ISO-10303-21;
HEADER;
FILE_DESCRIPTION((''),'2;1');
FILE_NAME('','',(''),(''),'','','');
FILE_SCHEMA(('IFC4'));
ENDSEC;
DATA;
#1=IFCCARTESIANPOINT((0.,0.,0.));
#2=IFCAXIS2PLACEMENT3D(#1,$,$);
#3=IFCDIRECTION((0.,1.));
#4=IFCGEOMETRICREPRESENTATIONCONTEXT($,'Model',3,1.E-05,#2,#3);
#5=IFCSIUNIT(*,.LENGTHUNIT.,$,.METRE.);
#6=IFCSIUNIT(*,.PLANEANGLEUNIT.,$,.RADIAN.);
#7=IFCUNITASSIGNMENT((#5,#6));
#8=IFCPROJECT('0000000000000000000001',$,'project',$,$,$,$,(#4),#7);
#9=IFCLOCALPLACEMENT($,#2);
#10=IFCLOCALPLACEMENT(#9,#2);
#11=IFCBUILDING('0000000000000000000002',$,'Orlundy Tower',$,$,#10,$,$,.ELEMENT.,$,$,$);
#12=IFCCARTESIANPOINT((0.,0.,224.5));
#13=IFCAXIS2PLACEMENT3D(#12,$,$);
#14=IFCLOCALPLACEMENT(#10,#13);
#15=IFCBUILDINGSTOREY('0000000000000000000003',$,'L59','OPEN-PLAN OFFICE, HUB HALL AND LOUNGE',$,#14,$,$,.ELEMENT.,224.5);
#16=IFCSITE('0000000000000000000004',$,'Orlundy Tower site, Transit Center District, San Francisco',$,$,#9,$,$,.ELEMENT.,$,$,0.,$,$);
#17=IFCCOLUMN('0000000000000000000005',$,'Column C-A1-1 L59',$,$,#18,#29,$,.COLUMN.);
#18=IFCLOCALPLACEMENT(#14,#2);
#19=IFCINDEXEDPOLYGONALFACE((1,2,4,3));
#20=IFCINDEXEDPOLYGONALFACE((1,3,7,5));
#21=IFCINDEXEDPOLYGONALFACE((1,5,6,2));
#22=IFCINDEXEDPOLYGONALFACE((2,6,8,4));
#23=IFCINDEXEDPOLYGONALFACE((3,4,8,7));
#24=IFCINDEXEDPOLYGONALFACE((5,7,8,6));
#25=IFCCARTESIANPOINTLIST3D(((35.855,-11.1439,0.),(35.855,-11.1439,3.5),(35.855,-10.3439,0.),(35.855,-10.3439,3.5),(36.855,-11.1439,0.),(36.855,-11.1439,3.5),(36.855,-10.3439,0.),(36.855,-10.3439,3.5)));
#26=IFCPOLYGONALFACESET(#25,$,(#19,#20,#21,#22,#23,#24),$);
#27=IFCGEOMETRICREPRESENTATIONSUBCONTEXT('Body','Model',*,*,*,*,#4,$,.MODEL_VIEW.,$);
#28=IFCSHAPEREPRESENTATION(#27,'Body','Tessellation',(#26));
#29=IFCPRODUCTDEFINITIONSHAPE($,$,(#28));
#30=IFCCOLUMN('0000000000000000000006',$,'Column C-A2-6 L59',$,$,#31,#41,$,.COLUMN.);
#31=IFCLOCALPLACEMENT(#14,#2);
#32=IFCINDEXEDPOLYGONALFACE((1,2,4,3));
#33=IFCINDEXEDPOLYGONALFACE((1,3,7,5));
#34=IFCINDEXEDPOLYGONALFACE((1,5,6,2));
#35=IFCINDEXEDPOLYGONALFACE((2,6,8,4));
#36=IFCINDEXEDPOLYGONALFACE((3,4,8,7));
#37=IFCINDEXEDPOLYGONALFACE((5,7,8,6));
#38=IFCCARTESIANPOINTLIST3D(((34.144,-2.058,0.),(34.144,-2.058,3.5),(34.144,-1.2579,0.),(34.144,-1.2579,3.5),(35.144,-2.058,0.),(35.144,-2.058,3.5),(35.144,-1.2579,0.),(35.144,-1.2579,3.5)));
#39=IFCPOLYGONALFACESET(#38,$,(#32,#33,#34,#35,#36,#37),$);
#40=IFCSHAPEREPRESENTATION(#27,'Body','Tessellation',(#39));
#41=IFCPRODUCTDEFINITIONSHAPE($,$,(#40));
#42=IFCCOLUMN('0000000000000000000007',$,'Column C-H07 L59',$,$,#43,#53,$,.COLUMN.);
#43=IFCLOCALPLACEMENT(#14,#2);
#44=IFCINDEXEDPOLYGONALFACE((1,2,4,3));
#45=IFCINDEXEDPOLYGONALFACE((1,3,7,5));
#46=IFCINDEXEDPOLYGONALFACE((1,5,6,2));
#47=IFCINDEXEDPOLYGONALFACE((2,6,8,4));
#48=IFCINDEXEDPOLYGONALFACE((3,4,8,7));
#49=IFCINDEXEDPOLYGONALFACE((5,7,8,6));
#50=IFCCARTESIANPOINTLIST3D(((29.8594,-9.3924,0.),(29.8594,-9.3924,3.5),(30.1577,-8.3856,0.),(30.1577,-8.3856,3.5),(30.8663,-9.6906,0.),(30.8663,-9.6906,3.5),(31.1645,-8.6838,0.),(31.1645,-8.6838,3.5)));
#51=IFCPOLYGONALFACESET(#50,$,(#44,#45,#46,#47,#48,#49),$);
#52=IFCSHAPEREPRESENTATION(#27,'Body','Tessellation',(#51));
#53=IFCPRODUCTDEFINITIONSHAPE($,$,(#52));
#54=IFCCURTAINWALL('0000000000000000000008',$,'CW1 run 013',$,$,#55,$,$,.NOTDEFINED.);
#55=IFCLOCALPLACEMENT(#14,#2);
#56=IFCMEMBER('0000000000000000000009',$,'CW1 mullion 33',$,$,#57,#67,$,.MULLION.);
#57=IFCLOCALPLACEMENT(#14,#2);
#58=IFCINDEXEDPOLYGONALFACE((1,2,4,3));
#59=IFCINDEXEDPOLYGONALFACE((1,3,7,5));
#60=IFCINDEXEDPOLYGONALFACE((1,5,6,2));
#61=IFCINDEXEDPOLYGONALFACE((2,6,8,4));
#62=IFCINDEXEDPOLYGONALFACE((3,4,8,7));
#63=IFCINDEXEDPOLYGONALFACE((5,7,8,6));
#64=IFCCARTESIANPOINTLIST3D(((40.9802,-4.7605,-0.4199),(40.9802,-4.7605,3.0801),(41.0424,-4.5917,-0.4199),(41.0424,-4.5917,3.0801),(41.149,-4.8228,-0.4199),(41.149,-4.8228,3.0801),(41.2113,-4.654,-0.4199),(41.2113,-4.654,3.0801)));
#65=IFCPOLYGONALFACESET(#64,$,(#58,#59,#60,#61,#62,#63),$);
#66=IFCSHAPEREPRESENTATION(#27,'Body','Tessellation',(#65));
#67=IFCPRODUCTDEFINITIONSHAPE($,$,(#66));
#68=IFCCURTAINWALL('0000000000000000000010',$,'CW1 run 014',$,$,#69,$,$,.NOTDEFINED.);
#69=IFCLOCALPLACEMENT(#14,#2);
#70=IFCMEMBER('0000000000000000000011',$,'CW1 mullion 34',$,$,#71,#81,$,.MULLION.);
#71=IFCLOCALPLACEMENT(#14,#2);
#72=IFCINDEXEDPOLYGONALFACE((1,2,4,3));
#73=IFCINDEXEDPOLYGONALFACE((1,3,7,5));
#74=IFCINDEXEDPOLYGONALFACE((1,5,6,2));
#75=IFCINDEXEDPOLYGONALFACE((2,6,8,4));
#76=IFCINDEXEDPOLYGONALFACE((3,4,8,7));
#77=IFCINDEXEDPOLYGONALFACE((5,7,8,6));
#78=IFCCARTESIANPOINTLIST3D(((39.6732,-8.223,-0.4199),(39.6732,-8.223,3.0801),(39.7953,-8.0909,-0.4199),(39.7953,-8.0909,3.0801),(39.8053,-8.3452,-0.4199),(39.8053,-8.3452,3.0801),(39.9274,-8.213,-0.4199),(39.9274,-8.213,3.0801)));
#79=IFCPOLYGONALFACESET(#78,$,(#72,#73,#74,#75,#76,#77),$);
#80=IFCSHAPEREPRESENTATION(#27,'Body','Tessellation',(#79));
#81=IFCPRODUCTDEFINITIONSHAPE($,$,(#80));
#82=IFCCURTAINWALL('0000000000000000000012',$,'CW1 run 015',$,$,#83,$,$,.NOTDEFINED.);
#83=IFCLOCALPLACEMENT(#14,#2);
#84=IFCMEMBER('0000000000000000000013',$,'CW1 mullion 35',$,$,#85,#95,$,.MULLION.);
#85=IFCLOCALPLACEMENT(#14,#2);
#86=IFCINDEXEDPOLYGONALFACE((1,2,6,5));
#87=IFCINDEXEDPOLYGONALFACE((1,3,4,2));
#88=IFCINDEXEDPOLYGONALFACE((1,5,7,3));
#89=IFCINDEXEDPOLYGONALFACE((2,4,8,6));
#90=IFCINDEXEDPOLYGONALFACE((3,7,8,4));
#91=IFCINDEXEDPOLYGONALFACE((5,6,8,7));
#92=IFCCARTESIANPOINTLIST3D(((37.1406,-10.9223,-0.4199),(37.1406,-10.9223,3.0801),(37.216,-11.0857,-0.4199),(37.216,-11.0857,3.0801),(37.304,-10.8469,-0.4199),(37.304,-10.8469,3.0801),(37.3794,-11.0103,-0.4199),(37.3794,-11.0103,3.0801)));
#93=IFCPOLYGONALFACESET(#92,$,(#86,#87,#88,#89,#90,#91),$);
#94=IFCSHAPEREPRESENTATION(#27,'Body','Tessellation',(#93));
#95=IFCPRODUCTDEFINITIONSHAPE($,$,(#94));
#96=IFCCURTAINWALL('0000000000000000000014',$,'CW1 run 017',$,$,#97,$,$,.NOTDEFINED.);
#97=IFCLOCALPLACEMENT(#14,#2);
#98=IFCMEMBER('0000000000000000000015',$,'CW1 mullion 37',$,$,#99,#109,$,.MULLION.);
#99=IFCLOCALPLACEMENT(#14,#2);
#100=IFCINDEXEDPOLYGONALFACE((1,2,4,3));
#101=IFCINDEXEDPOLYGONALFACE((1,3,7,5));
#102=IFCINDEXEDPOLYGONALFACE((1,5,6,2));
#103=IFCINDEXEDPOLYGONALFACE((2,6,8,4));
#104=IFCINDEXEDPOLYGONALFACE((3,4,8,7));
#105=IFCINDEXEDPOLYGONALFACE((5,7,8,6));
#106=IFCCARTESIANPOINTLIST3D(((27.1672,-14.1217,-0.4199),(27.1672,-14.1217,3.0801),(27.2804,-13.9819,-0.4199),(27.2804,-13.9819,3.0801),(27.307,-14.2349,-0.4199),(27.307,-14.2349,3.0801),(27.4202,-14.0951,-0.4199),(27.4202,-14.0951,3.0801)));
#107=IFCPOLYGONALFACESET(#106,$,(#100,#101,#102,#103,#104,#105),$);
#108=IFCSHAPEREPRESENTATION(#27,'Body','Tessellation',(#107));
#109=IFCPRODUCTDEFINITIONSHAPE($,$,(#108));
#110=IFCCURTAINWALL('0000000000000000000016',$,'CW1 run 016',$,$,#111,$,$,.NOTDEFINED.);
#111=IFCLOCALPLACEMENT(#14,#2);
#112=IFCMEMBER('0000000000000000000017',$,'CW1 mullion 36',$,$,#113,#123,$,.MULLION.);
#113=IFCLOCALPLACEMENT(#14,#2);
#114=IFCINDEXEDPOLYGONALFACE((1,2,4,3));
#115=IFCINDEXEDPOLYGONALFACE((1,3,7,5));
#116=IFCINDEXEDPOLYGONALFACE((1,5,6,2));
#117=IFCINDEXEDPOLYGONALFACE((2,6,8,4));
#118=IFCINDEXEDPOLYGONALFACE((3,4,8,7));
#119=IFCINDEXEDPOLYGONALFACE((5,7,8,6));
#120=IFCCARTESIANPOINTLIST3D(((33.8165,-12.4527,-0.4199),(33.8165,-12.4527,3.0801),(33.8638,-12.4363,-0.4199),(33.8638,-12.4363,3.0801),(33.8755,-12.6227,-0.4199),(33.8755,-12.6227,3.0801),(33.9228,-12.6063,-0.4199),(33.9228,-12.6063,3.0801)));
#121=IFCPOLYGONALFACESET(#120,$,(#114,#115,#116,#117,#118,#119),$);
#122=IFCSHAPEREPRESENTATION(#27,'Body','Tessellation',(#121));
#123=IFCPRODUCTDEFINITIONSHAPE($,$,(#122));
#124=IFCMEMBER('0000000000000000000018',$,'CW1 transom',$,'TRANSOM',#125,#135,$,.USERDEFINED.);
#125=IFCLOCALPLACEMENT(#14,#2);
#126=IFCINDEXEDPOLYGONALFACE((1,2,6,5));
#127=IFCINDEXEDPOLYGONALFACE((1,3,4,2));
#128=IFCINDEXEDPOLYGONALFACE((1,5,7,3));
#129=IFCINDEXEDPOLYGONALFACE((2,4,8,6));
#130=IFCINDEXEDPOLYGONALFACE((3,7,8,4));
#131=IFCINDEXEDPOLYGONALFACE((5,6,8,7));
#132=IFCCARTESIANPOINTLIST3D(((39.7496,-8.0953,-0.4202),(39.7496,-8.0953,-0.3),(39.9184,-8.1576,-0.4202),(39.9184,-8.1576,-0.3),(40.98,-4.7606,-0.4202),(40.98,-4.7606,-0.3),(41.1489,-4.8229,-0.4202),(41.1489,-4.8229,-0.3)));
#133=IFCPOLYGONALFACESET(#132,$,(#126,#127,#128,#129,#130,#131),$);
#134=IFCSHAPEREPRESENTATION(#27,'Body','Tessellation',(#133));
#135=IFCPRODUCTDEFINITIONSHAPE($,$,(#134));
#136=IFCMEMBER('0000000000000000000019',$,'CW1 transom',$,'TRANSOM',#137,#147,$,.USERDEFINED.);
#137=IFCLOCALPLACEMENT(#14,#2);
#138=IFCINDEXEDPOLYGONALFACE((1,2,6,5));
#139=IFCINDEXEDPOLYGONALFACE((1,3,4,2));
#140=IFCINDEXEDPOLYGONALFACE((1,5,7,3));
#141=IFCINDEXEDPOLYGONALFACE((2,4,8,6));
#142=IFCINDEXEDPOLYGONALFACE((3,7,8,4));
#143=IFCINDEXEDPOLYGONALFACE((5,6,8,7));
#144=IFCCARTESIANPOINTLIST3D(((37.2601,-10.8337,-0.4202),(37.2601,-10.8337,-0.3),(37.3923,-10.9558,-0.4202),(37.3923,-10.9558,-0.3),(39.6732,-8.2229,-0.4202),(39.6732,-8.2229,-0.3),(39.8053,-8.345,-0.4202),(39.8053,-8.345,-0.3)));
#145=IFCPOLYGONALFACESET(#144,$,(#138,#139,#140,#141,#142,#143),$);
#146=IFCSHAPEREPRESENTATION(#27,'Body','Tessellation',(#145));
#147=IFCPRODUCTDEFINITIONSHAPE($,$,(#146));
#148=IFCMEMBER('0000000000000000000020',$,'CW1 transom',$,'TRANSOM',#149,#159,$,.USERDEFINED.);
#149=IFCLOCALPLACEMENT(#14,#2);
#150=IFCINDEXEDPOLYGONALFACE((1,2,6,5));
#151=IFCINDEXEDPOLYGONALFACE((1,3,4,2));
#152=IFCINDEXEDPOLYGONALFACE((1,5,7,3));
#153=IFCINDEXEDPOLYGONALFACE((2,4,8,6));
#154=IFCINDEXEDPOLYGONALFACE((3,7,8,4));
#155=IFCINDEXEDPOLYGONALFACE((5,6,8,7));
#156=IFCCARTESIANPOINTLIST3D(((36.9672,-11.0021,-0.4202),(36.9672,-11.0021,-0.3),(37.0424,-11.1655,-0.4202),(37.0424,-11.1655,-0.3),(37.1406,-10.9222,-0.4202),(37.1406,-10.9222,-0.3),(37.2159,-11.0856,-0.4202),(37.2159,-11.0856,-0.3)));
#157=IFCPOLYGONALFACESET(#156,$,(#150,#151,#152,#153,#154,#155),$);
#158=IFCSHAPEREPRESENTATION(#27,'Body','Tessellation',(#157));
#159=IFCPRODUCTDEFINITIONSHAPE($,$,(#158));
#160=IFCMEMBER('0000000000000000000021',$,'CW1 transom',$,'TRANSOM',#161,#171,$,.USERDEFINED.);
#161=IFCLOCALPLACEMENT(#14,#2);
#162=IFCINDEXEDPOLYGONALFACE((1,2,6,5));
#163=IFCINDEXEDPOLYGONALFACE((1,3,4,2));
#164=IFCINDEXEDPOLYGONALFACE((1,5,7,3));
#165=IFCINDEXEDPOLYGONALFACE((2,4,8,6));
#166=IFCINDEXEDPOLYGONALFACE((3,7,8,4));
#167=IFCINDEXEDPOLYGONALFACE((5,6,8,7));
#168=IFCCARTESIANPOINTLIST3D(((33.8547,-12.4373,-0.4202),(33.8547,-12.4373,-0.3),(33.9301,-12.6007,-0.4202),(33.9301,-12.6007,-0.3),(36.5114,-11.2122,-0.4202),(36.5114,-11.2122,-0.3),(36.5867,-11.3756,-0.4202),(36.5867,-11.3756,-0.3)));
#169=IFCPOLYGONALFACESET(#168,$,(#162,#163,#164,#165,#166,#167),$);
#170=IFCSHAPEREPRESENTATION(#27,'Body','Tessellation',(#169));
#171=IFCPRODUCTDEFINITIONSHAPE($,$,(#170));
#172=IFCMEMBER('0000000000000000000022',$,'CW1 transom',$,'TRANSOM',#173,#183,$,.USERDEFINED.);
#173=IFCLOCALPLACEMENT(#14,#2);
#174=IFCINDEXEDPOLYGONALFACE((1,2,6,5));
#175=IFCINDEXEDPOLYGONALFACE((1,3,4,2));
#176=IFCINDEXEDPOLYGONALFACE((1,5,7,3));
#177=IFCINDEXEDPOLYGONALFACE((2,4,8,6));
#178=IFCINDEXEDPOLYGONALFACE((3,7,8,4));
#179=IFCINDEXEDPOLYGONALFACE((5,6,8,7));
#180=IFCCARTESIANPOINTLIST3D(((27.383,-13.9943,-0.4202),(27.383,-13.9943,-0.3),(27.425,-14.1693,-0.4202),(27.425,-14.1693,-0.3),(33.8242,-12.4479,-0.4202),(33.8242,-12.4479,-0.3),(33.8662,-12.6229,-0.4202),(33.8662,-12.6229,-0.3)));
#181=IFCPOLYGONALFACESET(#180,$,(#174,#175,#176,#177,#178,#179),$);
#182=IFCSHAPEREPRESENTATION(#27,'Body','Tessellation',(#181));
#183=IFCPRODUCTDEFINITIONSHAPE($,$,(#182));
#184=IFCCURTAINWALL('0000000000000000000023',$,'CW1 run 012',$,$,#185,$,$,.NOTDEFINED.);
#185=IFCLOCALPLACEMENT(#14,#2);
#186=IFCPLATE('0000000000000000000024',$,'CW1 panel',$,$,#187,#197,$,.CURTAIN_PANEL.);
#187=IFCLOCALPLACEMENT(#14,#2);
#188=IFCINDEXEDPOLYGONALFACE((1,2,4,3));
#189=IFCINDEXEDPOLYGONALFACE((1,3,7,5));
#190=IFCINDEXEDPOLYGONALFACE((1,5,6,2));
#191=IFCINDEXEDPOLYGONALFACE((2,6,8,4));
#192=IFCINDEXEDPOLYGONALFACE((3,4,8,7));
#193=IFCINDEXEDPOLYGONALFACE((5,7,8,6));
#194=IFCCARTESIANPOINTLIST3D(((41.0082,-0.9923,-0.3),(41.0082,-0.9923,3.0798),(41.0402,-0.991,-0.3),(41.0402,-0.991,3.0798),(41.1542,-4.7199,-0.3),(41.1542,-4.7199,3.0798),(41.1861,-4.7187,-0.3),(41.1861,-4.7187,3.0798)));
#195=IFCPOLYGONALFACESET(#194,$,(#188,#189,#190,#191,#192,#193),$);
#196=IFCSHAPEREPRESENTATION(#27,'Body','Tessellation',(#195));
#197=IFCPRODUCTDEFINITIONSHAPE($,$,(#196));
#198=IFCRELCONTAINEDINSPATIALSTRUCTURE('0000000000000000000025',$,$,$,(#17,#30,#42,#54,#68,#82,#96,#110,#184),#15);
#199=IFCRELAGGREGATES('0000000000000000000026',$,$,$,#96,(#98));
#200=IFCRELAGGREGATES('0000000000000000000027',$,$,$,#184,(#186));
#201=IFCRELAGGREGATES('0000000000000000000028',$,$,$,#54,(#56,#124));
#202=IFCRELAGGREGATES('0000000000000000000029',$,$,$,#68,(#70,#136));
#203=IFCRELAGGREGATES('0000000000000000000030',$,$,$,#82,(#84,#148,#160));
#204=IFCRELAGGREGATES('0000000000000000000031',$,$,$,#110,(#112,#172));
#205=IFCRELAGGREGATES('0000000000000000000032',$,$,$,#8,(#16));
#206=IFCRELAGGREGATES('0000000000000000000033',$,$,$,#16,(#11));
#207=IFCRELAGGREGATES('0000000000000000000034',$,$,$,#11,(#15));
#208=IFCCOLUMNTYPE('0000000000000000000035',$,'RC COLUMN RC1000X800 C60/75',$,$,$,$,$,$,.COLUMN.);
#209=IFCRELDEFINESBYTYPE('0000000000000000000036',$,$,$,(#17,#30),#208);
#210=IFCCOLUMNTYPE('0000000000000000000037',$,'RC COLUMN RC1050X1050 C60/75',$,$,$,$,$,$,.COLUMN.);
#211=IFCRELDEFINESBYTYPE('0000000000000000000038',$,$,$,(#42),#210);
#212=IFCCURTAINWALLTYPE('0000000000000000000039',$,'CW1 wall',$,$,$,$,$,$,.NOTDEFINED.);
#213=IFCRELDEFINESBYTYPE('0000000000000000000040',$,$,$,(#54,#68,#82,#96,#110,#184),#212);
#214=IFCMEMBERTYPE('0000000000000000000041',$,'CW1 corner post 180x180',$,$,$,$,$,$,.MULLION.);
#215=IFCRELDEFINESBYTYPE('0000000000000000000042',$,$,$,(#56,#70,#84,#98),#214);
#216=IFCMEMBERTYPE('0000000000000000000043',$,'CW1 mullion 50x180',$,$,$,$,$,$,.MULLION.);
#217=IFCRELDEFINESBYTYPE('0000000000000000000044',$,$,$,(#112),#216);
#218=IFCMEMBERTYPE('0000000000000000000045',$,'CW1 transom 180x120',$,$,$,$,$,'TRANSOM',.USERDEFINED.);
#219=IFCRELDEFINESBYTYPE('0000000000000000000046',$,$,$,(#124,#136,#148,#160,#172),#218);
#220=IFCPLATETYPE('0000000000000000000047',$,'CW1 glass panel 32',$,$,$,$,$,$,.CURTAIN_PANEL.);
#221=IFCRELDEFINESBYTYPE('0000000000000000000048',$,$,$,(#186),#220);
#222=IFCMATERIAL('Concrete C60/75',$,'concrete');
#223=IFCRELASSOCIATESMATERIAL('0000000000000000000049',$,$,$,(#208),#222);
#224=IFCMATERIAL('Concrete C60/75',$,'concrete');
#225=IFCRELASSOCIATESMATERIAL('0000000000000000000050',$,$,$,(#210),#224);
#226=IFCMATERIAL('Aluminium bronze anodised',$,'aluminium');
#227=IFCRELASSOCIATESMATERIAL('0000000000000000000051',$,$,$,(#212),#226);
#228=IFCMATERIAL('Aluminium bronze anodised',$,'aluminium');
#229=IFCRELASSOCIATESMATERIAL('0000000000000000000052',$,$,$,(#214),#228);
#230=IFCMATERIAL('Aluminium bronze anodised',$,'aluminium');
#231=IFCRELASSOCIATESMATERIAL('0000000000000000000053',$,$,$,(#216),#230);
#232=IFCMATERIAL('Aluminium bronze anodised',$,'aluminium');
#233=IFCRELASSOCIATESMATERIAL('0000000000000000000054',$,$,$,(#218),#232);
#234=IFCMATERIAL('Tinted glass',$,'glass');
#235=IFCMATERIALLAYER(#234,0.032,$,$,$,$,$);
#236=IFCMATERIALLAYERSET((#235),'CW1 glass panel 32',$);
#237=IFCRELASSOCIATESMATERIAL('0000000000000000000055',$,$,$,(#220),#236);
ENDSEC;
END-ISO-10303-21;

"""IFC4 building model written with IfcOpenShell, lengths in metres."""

from ifc_helpers import new_model, si_unit, direction, frame, origin, origin_2d, place, context, subcontext, project, spatial, rectangle, extrude, material, layer, layer_set, material_profile, profile_set, type_object, element, aggregate, save


model = new_model("IFC4")

# Units and contexts
model_context = context("Model", 3, precision=1e-05, world=origin(), true_north=direction((0.0, 1.0)))
body_context = subcontext(model_context, "Body", "Model", "MODEL_VIEW")
ifc_project = project(units=[si_unit("LENGTHUNIT", "METRE"), si_unit("PLANEANGLEUNIT", "RADIAN")], contexts=[model_context])

# Site, building, storey
site_placement = place(None, origin())
site = spatial("IfcSite", under=ifc_project, at=site_placement, Name="Orlundy Tower site, Transit Center District, San Francisco", CompositionType="ELEMENT", RefElevation=0.0)
building_placement = place(site_placement, origin())
building = spatial("IfcBuilding", under=site, at=building_placement, Name="Orlundy Tower", CompositionType="ELEMENT")
storey_placement = place(building_placement, frame((0.0, 0.0, 224.5)))
storey = spatial("IfcBuildingStorey", under=building, at=storey_placement, Name="L59", Description="OPEN-PLAN OFFICE, HUB HALL AND LOUNGE", CompositionType="ELEMENT", Elevation=224.5)

# Columns
ifc_material_1 = material(Name="Concrete C60/75", Category="concrete")
ifc_material_profile_1 = material_profile(ifc_material_1, rectangle(XDim=1.0, YDim=0.8, at=origin_2d()), Name="RC1000X800")
ifc_profile_set_1 = profile_set([ifc_material_profile_1], Name="Concrete C60/75")
column_type_1 = type_object("IfcColumnType", Name="RC COLUMN RC1000X800 C60/75", PredefinedType="COLUMN", material=ifc_profile_set_1)
for number, where, z_axis, x_axis, name in (
    (1, (36.355, -10.7439, 0.0), (0.0, 0.0, 1.0), (1.0, 0.0, 0.0), "Column C-A1-1 L59"),
    (2, (34.644, -1.658, 0.0), (0.0, 0.0, 1.0), (1.0, 0.0, 0.0), "Column C-A2-6 L59"),
):
    element("IfcColumn", number, at=place(storey_placement, frame(where, z_axis=z_axis, x_axis=x_axis)), inside=storey, type_object=column_type_1, Name=name, PredefinedType="COLUMN", context=body_context, shape_type="SweptSolid", body=[
        extrude(rectangle(XDim=1.0, YDim=0.8, at=origin_2d()), origin(), (0.0, 0.0, 1.0), 3.5),
    ])
ifc_material_2 = material(Name="Concrete C60/75", Category="concrete")
ifc_material_profile_2 = material_profile(ifc_material_2, rectangle(XDim=1.05, YDim=1.05, at=origin_2d()), Name="RC1050X1050")
ifc_profile_set_2 = profile_set([ifc_material_profile_2], Name="Concrete C60/75")
column_type_2 = type_object("IfcColumnType", Name="RC COLUMN RC1050X1050 C60/75", PredefinedType="COLUMN", material=ifc_profile_set_2)
column_placement = place(storey_placement, frame((30.512, -9.0381, 0.0), z_axis=(0.0, 0.0, 1.0), x_axis=(0.95882, -0.284015, 0.0)))
element("IfcColumn", 3, at=column_placement, inside=storey, type_object=column_type_2, Name="Column C-H07 L59", PredefinedType="COLUMN", context=body_context, shape_type="SweptSolid", body=[
    extrude(rectangle(XDim=1.05, YDim=1.05, at=origin_2d()), origin(), (0.0, 0.0, 1.0), 3.5),
])

# Curtain walls, members
ifc_material_3 = material(Name="Aluminium bronze anodised", Category="aluminium")
curtain_wall_type = type_object("IfcCurtainWallType", Name="CW1 wall", PredefinedType="NOTDEFINED", material=ifc_material_3)
curtain_wall_1_placement = place(storey_placement, origin())
curtain_wall_1 = element("IfcCurtainWall", 4, at=curtain_wall_1_placement, inside=storey, type_object=curtain_wall_type, Name="CW1 run 013", PredefinedType="NOTDEFINED")
ifc_material_4 = material(Name="Aluminium bronze anodised", Category="aluminium")
ifc_material_profile_3 = material_profile(ifc_material_4, rectangle(XDim=0.1799, YDim=0.1799, at=origin_2d()), Name="CW1 corner post 180x180")
ifc_profile_set_3 = profile_set([ifc_material_profile_3], Name="Aluminium bronze anodised")
member_type_1 = type_object("IfcMemberType", Name="CW1 corner post 180x180", PredefinedType="MULLION", material=ifc_profile_set_3)
member_1_placement = place(storey_placement, frame((41.0957, -4.7073, -0.4199), z_axis=(0.0, 0.0, 1.0), x_axis=(0.938168, -0.34618, 0.0)))
member_1 = element("IfcMember", 5, at=member_1_placement, type_object=member_type_1, Name="CW1 mullion 33", PredefinedType="MULLION", context=body_context, shape_type="SweptSolid", body=[
    extrude(rectangle(XDim=0.1799, YDim=0.1799, at=origin_2d()), origin(), (0.0, 0.0, 1.0), 3.5),
])
curtain_wall_2_placement = place(storey_placement, origin())
curtain_wall_2 = element("IfcCurtainWall", 6, at=curtain_wall_2_placement, inside=storey, type_object=curtain_wall_type, Name="CW1 run 014", PredefinedType="NOTDEFINED")
member_2_placement = place(storey_placement, frame((39.8003, -8.218, -0.4199), z_axis=(0.0, 0.0, 1.0), x_axis=(0.734348, -0.678773, 0.0)))
member_2 = element("IfcMember", 7, at=member_2_placement, type_object=member_type_1, Name="CW1 mullion 34", PredefinedType="MULLION", context=body_context, shape_type="SweptSolid", body=[
    extrude(rectangle(XDim=0.1799, YDim=0.1799, at=origin_2d()), origin(), (0.0, 0.0, 1.0), 3.5),
])
curtain_wall_3_placement = place(storey_placement, origin())
curtain_wall_3 = element("IfcCurtainWall", 8, at=curtain_wall_3_placement, inside=storey, type_object=curtain_wall_type, Name="CW1 run 015", PredefinedType="NOTDEFINED")
member_3_placement = place(storey_placement, frame((37.26, -10.9663, -0.4199), z_axis=(0.0, 0.0, 1.0), x_axis=(0.418716, -0.908117, 0.0)))
member_3 = element("IfcMember", 9, at=member_3_placement, type_object=member_type_1, Name="CW1 mullion 35", PredefinedType="MULLION", context=body_context, shape_type="SweptSolid", body=[
    extrude(rectangle(XDim=0.1799, YDim=0.1799, at=origin_2d()), origin(), (0.0, 0.0, 1.0), 3.5),
])
curtain_wall_4_placement = place(storey_placement, origin())
curtain_wall_4 = element("IfcCurtainWall", 10, at=curtain_wall_4_placement, inside=storey, type_object=curtain_wall_type, Name="CW1 run 017", PredefinedType="NOTDEFINED")
member_4_placement = place(storey_placement, frame((27.2937, -14.1084, -0.4199), z_axis=(0.0, 0.0, 1.0), x_axis=(0.77712, -0.629353, 0.0)))
member_4 = element("IfcMember", 11, at=member_4_placement, type_object=member_type_1, Name="CW1 mullion 37", PredefinedType="MULLION", context=body_context, shape_type="SweptSolid", body=[
    extrude(rectangle(XDim=0.1799, YDim=0.1799, at=origin_2d()), origin(), (0.0, 0.0, 1.0), 3.5),
])
aggregate(curtain_wall_4, [member_4])
curtain_wall_5_placement = place(storey_placement, origin())
curtain_wall_5 = element("IfcCurtainWall", 12, at=curtain_wall_5_placement, inside=storey, type_object=curtain_wall_type, Name="CW1 run 016", PredefinedType="NOTDEFINED")
ifc_material_5 = material(Name="Aluminium bronze anodised", Category="aluminium")
ifc_material_profile_4 = material_profile(ifc_material_5, rectangle(XDim=0.1799, YDim=0.05, at=origin_2d()), Name="CW1 mullion 50x180")
ifc_profile_set_4 = profile_set([ifc_material_profile_4], Name="Aluminium bronze anodised")
member_type_2 = type_object("IfcMemberType", Name="CW1 mullion 50x180", PredefinedType="MULLION", material=ifc_profile_set_4)
member_5_placement = place(storey_placement, frame((33.8696, -12.5295, -0.4199), z_axis=(0.0, 0.0, 1.0), x_axis=(0.327673, -0.944791, 0.0)))
member_5 = element("IfcMember", 13, at=member_5_placement, type_object=member_type_2, Name="CW1 mullion 36", PredefinedType="MULLION", context=body_context, shape_type="SweptSolid", body=[
    extrude(rectangle(XDim=0.1799, YDim=0.05, at=origin_2d()), origin(), (0.0, 0.0, 1.0), 3.5),
])

# Members
ifc_material_6 = material(Name="Aluminium bronze anodised", Category="aluminium")
ifc_material_profile_5 = material_profile(ifc_material_6, rectangle(XDim=0.1799, YDim=0.1201, at=origin_2d()), Name="CW1 transom 180x120")
ifc_profile_set_5 = profile_set([ifc_material_profile_5], Name="Aluminium bronze anodised")
member_type_3 = type_object("IfcMemberType", Name="CW1 transom 180x120", ElementType="TRANSOM", PredefinedType="USERDEFINED", material=ifc_profile_set_5)
member_6_placement = place(storey_placement, frame((41.0645, -4.7917, -0.3601), z_axis=(-0.346173, -0.938171, 0.0), x_axis=(0.938171, -0.346173, 0.0)))
member_6 = element("IfcMember", 14, at=member_6_placement, type_object=member_type_3, Name="CW1 transom", ObjectType="TRANSOM", PredefinedType="USERDEFINED", context=body_context, shape_type="SweptSolid", body=[
    extrude(rectangle(XDim=0.1799, YDim=0.1201, at=origin_2d()), origin(), (0.0, 0.0, 1.0), 3.5544),
])
member_7_placement = place(storey_placement, frame((39.7393, -8.2839, -0.3601), z_axis=(-0.678748, -0.734372, 0.0), x_axis=(0.734372, -0.678748, 0.0)))
member_7 = element("IfcMember", 15, at=member_7_placement, type_object=member_type_3, Name="CW1 transom", ObjectType="TRANSOM", PredefinedType="USERDEFINED", context=body_context, shape_type="SweptSolid", body=[
    extrude(rectangle(XDim=0.1799, YDim=0.1201, at=origin_2d()), origin(), (0.0, 0.0, 1.0), 3.5552),
])
member_8_placement = place(storey_placement, frame((37.1782, -11.0039, -0.3601), z_axis=(-0.908296, -0.418328, 0.0), x_axis=(0.418328, -0.908296, 0.0)))
member_8 = element("IfcMember", 16, at=member_8_placement, type_object=member_type_3, Name="CW1 transom", ObjectType="TRANSOM", PredefinedType="USERDEFINED", context=body_context, shape_type="SweptSolid", body=[
    extrude(rectangle(XDim=0.1799, YDim=0.1201, at=origin_2d()), origin(), (0.0, 0.0, 1.0), 0.1909),
])
member_9_placement = place(storey_placement, frame((36.5491, -11.2939, -0.3601), z_axis=(-0.908101, -0.418751, 0.0), x_axis=(0.418751, -0.908101, 0.0)))
member_9 = element("IfcMember", 17, at=member_9_placement, type_object=member_type_3, Name="CW1 transom", ObjectType="TRANSOM", PredefinedType="USERDEFINED", context=body_context, shape_type="SweptSolid", body=[
    extrude(rectangle(XDim=0.1799, YDim=0.1201, at=origin_2d()), origin(), (0.0, 0.0, 1.0), 2.9255),
])
member_10_placement = place(storey_placement, frame((33.8452, -12.5354, -0.3601), z_axis=(-0.97237, -0.233445, 0.0), x_axis=(0.233445, -0.97237, 0.0)))
member_10 = element("IfcMember", 18, at=member_10_placement, type_object=member_type_3, Name="CW1 transom", ObjectType="TRANSOM", PredefinedType="USERDEFINED", context=body_context, shape_type="SweptSolid", body=[
    extrude(rectangle(XDim=0.1799, YDim=0.1201, at=origin_2d()), origin(), (0.0, 0.0, 1.0), 6.6243),
])

# Curtain wall, plate
curtain_wall_6_placement = place(storey_placement, origin())
curtain_wall_6 = element("IfcCurtainWall", 19, at=curtain_wall_6_placement, inside=storey, type_object=curtain_wall_type, Name="CW1 run 012", PredefinedType="NOTDEFINED")
ifc_material_7 = material(Name="Tinted glass", Category="glass")
ifc_layer = layer(ifc_material_7, 0.032)
ifc_layer_set = layer_set([ifc_layer], Name="CW1 glass panel 32")
plate_type = type_object("IfcPlateType", Name="CW1 glass panel 32", PredefinedType="CURTAIN_PANEL", material=ifc_layer_set)
plate_1_placement = place(storey_placement, frame((41.0972, -2.8555, -0.3), z_axis=(0.0, 0.0, 1.0), x_axis=(0.039117, -0.999235, 0.0)))
plate_1 = element("IfcPlate", 20, at=plate_1_placement, type_object=plate_type, Name="CW1 panel", PredefinedType="CURTAIN_PANEL", context=body_context, shape_type="SweptSolid", body=[
    extrude(rectangle(XDim=3.7305, YDim=0.032, at=origin_2d()), origin(), (0.0, 0.0, 1.0), 3.3799),
])
aggregate(curtain_wall_6, [plate_1])

aggregate(curtain_wall_1, [member_1, member_6])
aggregate(curtain_wall_2, [member_2, member_7])
aggregate(curtain_wall_3, [member_3, member_8, member_9])
aggregate(curtain_wall_5, [member_5, member_10])

save(model, "model.ifc")
